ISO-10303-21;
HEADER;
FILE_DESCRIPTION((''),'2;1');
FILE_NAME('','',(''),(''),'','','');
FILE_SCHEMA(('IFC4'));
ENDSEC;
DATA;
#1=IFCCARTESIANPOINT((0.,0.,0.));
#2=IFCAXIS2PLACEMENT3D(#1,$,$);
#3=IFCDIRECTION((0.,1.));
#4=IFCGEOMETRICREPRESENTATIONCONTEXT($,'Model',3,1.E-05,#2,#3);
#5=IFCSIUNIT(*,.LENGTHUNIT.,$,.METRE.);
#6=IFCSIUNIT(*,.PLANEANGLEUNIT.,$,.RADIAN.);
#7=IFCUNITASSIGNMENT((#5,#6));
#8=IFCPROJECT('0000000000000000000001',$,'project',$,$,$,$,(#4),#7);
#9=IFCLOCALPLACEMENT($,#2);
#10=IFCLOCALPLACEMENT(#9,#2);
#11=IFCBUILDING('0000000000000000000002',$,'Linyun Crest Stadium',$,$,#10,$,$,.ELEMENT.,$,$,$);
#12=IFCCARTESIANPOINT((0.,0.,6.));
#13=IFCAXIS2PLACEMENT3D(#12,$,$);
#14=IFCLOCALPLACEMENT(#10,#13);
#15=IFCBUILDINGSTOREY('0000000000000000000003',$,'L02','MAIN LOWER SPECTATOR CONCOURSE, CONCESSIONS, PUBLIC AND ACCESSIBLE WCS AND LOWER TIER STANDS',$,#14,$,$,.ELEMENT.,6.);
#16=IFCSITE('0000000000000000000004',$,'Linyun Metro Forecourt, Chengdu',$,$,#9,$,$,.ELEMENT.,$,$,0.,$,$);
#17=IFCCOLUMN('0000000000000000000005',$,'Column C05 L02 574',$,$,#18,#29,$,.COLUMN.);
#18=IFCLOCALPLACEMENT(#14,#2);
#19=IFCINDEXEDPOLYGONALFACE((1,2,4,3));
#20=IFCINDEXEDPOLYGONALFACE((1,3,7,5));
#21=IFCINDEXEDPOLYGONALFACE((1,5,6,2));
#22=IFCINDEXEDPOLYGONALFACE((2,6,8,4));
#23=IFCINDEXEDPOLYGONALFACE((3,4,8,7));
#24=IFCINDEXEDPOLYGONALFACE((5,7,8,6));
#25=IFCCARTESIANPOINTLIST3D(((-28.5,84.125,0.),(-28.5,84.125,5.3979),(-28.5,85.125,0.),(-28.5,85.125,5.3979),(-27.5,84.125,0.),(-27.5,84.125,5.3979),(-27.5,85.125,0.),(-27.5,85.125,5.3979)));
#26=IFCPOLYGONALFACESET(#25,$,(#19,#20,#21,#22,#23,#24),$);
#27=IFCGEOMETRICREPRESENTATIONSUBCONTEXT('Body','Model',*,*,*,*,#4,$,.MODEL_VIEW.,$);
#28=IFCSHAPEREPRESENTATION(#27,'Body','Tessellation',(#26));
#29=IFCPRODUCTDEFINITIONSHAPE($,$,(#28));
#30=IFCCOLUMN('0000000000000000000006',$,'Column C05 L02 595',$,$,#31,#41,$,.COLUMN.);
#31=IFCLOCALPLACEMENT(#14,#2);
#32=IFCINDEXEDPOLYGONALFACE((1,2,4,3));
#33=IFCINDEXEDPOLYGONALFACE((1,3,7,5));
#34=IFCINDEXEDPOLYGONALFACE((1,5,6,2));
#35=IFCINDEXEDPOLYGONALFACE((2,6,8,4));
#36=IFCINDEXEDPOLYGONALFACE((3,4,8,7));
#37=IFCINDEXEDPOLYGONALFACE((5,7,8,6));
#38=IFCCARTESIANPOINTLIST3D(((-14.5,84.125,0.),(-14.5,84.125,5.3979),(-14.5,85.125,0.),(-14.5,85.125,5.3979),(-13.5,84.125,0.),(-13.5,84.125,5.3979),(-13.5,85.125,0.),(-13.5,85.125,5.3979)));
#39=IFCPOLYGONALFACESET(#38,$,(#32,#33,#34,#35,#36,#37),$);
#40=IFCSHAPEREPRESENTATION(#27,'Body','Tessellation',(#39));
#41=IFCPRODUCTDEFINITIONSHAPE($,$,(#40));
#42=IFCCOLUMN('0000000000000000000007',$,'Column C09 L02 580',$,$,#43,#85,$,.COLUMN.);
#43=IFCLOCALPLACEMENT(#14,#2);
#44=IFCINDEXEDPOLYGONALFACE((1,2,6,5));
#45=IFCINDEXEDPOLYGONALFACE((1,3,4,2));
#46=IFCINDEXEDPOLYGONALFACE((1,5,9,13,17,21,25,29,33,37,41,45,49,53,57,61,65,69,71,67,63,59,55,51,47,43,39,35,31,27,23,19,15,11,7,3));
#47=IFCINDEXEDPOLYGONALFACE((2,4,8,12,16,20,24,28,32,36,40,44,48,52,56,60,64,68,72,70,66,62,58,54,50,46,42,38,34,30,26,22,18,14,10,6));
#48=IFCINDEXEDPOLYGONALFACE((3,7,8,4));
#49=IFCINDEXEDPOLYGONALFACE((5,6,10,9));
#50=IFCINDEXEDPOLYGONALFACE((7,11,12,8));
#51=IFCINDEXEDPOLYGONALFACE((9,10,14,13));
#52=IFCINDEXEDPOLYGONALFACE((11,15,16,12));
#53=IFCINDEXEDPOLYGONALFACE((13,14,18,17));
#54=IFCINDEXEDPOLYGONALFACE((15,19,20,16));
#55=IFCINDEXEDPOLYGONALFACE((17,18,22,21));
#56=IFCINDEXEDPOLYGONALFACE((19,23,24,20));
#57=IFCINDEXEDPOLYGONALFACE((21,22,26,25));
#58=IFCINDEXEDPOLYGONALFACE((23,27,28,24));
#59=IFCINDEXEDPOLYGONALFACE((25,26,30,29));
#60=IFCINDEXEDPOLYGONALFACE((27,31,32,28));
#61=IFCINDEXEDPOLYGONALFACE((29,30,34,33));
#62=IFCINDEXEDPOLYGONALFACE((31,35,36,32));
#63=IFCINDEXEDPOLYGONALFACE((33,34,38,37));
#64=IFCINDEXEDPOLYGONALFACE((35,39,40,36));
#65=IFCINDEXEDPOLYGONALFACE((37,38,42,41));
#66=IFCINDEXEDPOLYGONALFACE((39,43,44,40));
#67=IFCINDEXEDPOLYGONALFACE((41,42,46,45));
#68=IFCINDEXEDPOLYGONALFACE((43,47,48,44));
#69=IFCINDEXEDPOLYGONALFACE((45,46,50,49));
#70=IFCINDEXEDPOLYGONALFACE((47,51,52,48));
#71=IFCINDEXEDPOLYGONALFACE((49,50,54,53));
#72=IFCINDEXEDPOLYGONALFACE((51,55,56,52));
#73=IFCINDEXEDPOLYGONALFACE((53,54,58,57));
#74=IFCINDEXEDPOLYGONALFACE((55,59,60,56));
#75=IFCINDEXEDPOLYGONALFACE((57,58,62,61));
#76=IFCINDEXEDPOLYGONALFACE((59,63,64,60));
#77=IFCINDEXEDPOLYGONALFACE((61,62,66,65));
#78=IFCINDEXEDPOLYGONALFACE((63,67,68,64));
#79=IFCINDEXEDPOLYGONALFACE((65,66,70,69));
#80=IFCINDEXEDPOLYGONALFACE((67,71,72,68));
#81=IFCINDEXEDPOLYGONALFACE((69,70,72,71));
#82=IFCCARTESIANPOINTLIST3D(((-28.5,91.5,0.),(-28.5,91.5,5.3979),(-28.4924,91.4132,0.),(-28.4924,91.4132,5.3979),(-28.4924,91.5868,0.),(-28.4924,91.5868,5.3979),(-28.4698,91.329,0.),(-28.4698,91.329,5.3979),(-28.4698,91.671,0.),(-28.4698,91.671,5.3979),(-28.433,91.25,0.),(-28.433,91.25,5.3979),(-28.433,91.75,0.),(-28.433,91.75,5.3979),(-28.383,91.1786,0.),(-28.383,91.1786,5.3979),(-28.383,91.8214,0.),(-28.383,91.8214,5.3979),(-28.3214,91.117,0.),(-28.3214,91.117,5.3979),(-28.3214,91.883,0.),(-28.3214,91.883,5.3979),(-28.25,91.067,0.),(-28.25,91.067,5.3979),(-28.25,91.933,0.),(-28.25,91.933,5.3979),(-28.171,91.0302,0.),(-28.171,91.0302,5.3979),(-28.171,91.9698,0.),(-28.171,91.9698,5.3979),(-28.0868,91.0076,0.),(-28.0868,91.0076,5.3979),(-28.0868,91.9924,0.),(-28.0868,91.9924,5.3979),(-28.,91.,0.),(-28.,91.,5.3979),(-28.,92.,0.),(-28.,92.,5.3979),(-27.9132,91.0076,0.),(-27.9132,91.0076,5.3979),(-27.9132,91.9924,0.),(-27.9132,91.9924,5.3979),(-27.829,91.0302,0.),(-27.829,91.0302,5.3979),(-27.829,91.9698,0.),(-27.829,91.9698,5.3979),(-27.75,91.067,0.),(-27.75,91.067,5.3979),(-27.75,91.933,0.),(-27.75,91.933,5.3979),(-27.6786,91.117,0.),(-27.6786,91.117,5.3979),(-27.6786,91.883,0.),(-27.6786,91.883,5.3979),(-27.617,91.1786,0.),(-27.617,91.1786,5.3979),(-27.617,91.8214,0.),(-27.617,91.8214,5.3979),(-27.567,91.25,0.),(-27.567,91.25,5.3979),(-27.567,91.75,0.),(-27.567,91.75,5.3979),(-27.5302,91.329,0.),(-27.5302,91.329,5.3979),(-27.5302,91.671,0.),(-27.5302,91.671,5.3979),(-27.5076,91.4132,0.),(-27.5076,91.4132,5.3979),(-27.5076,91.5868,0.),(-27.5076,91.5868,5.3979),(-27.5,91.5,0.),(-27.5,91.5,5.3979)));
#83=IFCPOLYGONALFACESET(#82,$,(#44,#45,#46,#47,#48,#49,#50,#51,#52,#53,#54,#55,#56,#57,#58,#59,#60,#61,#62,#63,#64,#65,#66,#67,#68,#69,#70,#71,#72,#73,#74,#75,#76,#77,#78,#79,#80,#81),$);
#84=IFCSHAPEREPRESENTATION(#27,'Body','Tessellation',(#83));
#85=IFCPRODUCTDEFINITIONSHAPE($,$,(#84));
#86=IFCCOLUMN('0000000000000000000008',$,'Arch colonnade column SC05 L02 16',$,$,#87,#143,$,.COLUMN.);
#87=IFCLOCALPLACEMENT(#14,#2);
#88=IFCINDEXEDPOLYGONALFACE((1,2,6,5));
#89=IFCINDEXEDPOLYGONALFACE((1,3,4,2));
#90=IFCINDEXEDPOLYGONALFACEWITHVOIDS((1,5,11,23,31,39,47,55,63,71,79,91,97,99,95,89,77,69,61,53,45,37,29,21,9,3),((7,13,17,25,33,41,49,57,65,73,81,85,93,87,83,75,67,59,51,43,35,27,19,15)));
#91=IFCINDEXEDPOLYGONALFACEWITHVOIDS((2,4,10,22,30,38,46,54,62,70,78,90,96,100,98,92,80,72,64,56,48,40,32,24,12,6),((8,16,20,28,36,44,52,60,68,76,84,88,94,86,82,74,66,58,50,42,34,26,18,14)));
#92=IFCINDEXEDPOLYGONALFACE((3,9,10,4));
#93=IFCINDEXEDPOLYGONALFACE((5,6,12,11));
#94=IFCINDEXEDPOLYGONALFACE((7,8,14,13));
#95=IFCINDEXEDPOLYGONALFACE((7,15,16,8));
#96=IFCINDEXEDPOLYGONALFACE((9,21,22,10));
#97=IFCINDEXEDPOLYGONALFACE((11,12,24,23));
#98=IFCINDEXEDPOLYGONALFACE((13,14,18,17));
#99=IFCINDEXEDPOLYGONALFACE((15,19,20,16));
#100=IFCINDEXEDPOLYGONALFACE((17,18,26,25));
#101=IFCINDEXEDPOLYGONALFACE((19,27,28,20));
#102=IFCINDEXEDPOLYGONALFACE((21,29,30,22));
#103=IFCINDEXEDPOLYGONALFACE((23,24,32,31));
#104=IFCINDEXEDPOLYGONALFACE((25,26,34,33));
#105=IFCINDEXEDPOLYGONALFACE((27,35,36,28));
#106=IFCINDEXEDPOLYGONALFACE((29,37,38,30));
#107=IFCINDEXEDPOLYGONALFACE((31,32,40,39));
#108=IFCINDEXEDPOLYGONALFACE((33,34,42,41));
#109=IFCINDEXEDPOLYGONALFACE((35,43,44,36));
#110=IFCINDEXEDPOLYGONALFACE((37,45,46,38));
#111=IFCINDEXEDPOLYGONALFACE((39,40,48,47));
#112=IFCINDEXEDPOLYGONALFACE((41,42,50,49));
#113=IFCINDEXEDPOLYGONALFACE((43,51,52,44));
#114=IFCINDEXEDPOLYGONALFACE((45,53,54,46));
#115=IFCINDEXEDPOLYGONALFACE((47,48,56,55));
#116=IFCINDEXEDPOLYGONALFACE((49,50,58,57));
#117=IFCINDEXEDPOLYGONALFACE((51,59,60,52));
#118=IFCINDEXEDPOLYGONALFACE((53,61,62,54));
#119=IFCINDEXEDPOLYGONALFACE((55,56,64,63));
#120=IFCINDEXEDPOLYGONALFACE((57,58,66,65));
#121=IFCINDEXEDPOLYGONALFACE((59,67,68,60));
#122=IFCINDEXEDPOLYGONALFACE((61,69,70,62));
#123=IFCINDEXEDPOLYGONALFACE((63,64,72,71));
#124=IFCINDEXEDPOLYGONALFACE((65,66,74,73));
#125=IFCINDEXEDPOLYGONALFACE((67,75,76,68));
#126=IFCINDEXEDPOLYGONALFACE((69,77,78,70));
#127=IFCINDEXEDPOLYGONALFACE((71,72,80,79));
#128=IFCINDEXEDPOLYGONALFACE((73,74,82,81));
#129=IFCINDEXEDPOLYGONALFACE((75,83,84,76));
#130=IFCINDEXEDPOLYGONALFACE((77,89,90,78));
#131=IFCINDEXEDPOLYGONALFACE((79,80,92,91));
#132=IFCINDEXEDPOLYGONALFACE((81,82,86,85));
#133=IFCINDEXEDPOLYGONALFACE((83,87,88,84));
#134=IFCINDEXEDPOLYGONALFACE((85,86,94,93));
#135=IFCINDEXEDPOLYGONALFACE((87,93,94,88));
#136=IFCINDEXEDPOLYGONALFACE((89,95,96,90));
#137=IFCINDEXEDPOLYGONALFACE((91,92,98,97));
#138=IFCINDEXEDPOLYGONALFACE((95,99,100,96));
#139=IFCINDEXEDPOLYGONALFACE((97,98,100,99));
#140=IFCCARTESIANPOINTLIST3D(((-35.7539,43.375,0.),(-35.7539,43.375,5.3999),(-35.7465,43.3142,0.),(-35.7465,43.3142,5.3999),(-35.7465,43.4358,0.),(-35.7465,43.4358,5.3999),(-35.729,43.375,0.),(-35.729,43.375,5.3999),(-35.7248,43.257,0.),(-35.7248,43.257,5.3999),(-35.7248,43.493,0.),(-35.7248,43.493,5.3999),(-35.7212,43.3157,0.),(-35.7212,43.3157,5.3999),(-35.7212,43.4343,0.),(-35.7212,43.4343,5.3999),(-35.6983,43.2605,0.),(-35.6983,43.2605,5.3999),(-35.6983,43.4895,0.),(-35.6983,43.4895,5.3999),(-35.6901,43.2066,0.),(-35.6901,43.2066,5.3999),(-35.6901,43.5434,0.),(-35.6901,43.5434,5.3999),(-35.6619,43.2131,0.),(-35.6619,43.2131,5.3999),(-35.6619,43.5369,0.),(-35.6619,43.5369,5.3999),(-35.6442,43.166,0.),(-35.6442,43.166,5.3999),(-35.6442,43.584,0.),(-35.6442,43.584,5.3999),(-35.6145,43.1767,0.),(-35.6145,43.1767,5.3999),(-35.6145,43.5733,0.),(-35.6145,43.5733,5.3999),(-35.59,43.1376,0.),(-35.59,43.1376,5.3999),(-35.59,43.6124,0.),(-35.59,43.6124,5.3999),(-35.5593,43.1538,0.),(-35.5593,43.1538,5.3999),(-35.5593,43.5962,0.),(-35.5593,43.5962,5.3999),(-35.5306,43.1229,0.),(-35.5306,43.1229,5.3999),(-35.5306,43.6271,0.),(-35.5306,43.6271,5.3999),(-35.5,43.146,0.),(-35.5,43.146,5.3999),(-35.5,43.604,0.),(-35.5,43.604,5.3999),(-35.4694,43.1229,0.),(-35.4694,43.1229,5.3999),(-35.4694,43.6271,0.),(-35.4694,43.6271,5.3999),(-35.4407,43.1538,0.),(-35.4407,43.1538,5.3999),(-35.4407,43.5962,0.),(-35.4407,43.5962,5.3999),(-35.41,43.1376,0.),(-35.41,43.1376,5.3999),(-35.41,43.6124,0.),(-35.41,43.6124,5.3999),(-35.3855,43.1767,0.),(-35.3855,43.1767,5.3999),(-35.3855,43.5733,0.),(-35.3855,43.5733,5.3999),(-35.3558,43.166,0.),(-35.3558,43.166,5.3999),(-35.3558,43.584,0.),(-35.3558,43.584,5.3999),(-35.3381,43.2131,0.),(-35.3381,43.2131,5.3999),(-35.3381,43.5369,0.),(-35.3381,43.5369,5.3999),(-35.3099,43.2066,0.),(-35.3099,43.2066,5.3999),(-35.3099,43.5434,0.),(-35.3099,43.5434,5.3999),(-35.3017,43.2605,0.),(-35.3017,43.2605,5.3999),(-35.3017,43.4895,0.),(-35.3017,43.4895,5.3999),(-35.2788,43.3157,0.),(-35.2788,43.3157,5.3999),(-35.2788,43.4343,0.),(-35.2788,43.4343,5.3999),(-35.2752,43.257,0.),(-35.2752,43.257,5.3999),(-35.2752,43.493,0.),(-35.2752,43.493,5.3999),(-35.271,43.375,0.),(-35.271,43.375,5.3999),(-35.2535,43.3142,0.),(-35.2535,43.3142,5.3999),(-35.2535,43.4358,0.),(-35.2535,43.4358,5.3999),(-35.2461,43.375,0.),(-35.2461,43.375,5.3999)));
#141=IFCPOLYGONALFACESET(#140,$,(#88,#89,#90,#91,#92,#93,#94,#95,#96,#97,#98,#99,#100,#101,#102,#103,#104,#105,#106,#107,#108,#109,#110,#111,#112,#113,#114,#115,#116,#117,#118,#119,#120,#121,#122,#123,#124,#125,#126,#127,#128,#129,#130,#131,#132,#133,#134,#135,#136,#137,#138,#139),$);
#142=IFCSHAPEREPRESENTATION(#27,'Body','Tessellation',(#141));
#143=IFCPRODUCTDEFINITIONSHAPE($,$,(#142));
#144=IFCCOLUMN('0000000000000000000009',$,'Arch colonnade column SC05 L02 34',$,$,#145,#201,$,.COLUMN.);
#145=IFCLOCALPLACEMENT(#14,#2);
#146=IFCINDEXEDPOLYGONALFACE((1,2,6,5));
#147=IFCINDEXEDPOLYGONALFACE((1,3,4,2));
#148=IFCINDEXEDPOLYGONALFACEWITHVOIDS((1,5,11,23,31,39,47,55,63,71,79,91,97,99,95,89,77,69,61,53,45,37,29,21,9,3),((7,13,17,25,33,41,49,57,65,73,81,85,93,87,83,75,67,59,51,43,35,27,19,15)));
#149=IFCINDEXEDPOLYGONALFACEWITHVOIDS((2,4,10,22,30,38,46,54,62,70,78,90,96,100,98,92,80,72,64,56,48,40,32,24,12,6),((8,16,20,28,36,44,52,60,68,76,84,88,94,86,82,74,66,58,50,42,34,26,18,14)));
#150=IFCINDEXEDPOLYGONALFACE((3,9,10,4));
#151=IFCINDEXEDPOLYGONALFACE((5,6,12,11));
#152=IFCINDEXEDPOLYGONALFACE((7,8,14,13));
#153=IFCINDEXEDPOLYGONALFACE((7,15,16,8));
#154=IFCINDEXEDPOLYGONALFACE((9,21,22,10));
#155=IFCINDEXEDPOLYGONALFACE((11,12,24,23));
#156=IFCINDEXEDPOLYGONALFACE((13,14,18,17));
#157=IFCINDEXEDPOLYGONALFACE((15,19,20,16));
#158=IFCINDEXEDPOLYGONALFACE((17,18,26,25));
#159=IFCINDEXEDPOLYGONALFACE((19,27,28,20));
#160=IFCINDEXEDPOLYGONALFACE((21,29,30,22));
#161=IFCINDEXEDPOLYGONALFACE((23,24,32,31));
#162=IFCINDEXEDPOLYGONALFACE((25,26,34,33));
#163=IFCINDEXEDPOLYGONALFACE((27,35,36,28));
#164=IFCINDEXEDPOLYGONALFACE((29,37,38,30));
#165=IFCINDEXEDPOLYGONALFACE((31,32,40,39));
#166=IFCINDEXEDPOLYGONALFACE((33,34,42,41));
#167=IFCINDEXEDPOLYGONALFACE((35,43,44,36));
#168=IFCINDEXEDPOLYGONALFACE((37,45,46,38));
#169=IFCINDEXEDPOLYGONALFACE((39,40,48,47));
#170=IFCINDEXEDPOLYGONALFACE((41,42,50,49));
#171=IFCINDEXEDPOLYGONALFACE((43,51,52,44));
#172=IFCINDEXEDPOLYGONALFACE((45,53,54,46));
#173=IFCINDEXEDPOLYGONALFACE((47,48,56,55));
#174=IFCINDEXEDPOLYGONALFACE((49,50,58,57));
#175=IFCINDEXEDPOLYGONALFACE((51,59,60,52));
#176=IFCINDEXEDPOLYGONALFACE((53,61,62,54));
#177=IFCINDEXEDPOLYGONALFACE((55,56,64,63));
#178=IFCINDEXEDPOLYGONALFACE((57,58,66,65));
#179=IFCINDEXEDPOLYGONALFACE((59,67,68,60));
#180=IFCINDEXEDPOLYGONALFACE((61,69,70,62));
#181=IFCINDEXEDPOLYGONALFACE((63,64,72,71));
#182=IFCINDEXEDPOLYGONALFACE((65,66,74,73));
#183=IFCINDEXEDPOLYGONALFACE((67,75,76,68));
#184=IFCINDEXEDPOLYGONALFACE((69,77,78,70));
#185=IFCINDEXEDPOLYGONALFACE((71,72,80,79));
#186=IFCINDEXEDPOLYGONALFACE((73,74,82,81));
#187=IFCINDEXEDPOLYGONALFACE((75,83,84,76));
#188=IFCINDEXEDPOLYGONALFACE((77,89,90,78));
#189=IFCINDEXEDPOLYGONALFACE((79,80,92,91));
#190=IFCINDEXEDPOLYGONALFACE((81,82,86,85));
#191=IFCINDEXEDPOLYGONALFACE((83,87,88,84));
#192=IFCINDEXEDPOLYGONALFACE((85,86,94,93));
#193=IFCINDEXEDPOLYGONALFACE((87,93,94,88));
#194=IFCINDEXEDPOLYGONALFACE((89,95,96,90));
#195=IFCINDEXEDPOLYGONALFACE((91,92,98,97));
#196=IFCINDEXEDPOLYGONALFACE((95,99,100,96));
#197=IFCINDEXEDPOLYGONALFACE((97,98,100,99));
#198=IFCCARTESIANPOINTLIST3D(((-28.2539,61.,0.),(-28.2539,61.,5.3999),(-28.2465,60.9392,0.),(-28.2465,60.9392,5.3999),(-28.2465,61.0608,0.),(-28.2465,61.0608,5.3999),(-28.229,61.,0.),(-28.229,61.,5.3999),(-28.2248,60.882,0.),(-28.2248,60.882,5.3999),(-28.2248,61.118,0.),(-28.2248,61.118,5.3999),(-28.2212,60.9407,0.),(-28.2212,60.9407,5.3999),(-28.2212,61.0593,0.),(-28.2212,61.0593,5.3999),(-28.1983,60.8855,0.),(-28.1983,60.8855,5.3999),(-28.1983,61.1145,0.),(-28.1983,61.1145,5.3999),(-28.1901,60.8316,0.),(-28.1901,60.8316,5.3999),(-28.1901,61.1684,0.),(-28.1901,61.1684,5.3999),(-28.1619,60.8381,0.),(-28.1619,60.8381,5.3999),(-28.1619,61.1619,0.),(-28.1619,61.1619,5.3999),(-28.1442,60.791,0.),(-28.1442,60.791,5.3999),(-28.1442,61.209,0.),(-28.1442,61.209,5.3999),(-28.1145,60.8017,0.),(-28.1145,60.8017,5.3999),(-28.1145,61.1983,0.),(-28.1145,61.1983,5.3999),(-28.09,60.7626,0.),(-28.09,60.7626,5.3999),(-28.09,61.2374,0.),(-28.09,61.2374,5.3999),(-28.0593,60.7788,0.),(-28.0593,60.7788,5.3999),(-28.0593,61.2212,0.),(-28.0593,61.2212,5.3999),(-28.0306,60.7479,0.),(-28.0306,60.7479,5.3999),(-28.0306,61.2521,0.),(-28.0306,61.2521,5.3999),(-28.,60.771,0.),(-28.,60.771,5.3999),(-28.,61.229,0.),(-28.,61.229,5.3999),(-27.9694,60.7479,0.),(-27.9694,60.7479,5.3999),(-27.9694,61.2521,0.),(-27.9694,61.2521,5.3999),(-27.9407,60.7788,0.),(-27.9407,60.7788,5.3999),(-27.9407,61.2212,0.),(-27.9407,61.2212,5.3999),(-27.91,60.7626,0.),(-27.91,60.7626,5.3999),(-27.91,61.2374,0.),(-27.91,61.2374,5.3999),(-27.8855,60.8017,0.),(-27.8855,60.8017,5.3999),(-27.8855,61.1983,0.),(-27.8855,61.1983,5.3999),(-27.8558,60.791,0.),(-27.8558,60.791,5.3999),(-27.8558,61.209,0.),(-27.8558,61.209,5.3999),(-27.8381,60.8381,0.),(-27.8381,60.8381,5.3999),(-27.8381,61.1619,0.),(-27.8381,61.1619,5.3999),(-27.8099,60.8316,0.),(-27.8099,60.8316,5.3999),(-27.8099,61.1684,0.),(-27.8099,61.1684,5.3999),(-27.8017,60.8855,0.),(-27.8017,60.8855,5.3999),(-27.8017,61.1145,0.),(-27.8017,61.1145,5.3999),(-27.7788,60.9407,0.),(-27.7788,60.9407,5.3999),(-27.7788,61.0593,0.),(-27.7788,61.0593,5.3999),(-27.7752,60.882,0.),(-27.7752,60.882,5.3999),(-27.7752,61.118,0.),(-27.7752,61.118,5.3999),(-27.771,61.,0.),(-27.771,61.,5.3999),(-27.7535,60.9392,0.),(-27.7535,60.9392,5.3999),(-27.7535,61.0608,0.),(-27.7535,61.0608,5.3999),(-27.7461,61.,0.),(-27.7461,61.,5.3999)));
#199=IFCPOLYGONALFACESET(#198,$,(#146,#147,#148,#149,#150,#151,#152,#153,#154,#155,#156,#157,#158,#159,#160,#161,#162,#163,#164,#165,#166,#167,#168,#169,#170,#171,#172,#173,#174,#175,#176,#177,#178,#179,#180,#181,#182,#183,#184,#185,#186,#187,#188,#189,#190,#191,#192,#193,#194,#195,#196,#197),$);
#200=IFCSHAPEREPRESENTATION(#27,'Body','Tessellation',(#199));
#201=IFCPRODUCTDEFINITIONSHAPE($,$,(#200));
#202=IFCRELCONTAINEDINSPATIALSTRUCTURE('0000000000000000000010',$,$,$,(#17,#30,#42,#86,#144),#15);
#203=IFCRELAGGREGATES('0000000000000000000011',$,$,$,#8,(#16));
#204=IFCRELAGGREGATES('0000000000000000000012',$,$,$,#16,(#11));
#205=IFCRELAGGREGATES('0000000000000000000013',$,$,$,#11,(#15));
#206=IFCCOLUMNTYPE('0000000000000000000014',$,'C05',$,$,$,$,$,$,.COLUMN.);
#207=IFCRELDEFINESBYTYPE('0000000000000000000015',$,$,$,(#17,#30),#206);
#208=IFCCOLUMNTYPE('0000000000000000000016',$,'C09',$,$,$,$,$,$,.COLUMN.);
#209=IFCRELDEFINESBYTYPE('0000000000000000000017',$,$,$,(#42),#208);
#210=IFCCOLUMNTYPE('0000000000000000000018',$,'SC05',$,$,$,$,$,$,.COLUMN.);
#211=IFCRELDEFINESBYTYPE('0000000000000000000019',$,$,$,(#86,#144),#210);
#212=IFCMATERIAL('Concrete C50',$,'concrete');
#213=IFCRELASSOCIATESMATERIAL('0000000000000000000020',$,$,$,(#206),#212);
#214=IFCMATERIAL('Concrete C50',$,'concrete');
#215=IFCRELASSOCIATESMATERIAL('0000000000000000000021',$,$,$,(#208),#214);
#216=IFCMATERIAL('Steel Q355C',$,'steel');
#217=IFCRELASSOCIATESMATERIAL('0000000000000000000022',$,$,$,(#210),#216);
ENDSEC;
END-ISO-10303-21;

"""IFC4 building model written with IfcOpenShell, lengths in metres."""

from ifc_helpers import new_model, si_unit, direction, frame, origin, origin_2d, place, context, subcontext, project, spatial, rectangle, circle, hollow_circle, extrude, material, material_profile, profile_set, type_object, element, save


model = new_model("IFC4")

# Units and contexts
model_context = context("Model", 3, precision=1e-05, world=origin(), true_north=direction((0.0, 1.0)))
body_context = subcontext(model_context, "Body", "Model", "MODEL_VIEW")
ifc_project = project(units=[si_unit("LENGTHUNIT", "METRE"), si_unit("PLANEANGLEUNIT", "RADIAN")], contexts=[model_context])

# Site, building, storey
site_placement = place(None, origin())
site = spatial("IfcSite", under=ifc_project, at=site_placement, Name="Linyun Metro Forecourt, Chengdu", CompositionType="ELEMENT", RefElevation=0.0)
building_placement = place(site_placement, origin())
building = spatial("IfcBuilding", under=site, at=building_placement, Name="Linyun Crest Stadium", CompositionType="ELEMENT")
storey_placement = place(building_placement, frame((0.0, 0.0, 6.0)))
storey = spatial("IfcBuildingStorey", under=building, at=storey_placement, Name="L02", Description="MAIN LOWER SPECTATOR CONCOURSE, CONCESSIONS, PUBLIC AND ACCESSIBLE WCS AND LOWER TIER STANDS", CompositionType="ELEMENT", Elevation=6.0)

# Columns
ifc_material_1 = material(Name="Concrete C50", Category="concrete")
ifc_material_profile_1 = material_profile(ifc_material_1, rectangle(XDim=1.0, YDim=1.0, at=origin_2d()), Name="RC 1000x1000")
ifc_profile_set_1 = profile_set([ifc_material_profile_1], Name="Concrete C50")
column_type_1 = type_object("IfcColumnType", Name="C05", PredefinedType="COLUMN", material=ifc_profile_set_1)
for number, where, z_axis, x_axis, name in (
    (1, (-28.0, 84.625, 0.0), (0.0, 0.0, 1.0), (1.0, 0.0, 0.0), "Column C05 L02 574"),
    (2, (-14.0, 84.625, 0.0), (0.0, 0.0, 1.0), (1.0, 0.0, 0.0), "Column C05 L02 595"),
):
    element("IfcColumn", number, at=place(storey_placement, frame(where, z_axis=z_axis, x_axis=x_axis)), inside=storey, type_object=column_type_1, Name=name, PredefinedType="COLUMN", context=body_context, shape_type="SweptSolid", body=[
        extrude(rectangle(XDim=1.0, YDim=1.0, at=origin_2d()), origin(), (0.0, 0.0, 1.0), 5.3979),
    ])
ifc_material_2 = material(Name="Concrete C50", Category="concrete")
ifc_material_profile_2 = material_profile(ifc_material_2, circle(Radius=0.5, at=origin_2d()), Name="RC D1000")
ifc_profile_set_2 = profile_set([ifc_material_profile_2], Name="Concrete C50")
column_type_2 = type_object("IfcColumnType", Name="C09", PredefinedType="COLUMN", material=ifc_profile_set_2)
column_placement = place(storey_placement, frame((-28.0, 91.5, 0.0), z_axis=(0.0, 0.0, 1.0), x_axis=(1.0, 0.0, 0.0)))
element("IfcColumn", 3, at=column_placement, inside=storey, type_object=column_type_2, Name="Column C09 L02 580", PredefinedType="COLUMN", context=body_context, shape_type="SweptSolid", body=[
    extrude(circle(Radius=0.5, at=origin_2d()), origin(), (0.0, 0.0, 1.0), 5.3979),
])
ifc_material_3 = material(Name="Steel Q355C", Category="steel")
ifc_material_profile_3 = material_profile(ifc_material_3, hollow_circle(Radius=0.2539, WallThickness=0.0249, at=origin_2d()), Name="CHS 508x25")
ifc_profile_set_3 = profile_set([ifc_material_profile_3], Name="Steel Q355C")
column_type_3 = type_object("IfcColumnType", Name="SC05", PredefinedType="COLUMN", material=ifc_profile_set_3)
for number, where, z_axis, x_axis, name in (
    (4, (-35.5, 43.375, 0.0), (0.0, 0.0, 1.0), (1.0, 0.0, 0.0), "Arch colonnade column SC05 L02 16"),
    (5, (-28.0, 61.0, 0.0), (0.0, 0.0, 1.0), (1.0, 0.0, 0.0), "Arch colonnade column SC05 L02 34"),
):
    element("IfcColumn", number, at=place(storey_placement, frame(where, z_axis=z_axis, x_axis=x_axis)), inside=storey, type_object=column_type_3, Name=name, PredefinedType="COLUMN", context=body_context, shape_type="SweptSolid", body=[
        extrude(hollow_circle(Radius=0.2539, WallThickness=0.0249, at=origin_2d()), origin(), (0.0, 0.0, 1.0), 5.3999),
    ])

save(model, "model.ifc")
